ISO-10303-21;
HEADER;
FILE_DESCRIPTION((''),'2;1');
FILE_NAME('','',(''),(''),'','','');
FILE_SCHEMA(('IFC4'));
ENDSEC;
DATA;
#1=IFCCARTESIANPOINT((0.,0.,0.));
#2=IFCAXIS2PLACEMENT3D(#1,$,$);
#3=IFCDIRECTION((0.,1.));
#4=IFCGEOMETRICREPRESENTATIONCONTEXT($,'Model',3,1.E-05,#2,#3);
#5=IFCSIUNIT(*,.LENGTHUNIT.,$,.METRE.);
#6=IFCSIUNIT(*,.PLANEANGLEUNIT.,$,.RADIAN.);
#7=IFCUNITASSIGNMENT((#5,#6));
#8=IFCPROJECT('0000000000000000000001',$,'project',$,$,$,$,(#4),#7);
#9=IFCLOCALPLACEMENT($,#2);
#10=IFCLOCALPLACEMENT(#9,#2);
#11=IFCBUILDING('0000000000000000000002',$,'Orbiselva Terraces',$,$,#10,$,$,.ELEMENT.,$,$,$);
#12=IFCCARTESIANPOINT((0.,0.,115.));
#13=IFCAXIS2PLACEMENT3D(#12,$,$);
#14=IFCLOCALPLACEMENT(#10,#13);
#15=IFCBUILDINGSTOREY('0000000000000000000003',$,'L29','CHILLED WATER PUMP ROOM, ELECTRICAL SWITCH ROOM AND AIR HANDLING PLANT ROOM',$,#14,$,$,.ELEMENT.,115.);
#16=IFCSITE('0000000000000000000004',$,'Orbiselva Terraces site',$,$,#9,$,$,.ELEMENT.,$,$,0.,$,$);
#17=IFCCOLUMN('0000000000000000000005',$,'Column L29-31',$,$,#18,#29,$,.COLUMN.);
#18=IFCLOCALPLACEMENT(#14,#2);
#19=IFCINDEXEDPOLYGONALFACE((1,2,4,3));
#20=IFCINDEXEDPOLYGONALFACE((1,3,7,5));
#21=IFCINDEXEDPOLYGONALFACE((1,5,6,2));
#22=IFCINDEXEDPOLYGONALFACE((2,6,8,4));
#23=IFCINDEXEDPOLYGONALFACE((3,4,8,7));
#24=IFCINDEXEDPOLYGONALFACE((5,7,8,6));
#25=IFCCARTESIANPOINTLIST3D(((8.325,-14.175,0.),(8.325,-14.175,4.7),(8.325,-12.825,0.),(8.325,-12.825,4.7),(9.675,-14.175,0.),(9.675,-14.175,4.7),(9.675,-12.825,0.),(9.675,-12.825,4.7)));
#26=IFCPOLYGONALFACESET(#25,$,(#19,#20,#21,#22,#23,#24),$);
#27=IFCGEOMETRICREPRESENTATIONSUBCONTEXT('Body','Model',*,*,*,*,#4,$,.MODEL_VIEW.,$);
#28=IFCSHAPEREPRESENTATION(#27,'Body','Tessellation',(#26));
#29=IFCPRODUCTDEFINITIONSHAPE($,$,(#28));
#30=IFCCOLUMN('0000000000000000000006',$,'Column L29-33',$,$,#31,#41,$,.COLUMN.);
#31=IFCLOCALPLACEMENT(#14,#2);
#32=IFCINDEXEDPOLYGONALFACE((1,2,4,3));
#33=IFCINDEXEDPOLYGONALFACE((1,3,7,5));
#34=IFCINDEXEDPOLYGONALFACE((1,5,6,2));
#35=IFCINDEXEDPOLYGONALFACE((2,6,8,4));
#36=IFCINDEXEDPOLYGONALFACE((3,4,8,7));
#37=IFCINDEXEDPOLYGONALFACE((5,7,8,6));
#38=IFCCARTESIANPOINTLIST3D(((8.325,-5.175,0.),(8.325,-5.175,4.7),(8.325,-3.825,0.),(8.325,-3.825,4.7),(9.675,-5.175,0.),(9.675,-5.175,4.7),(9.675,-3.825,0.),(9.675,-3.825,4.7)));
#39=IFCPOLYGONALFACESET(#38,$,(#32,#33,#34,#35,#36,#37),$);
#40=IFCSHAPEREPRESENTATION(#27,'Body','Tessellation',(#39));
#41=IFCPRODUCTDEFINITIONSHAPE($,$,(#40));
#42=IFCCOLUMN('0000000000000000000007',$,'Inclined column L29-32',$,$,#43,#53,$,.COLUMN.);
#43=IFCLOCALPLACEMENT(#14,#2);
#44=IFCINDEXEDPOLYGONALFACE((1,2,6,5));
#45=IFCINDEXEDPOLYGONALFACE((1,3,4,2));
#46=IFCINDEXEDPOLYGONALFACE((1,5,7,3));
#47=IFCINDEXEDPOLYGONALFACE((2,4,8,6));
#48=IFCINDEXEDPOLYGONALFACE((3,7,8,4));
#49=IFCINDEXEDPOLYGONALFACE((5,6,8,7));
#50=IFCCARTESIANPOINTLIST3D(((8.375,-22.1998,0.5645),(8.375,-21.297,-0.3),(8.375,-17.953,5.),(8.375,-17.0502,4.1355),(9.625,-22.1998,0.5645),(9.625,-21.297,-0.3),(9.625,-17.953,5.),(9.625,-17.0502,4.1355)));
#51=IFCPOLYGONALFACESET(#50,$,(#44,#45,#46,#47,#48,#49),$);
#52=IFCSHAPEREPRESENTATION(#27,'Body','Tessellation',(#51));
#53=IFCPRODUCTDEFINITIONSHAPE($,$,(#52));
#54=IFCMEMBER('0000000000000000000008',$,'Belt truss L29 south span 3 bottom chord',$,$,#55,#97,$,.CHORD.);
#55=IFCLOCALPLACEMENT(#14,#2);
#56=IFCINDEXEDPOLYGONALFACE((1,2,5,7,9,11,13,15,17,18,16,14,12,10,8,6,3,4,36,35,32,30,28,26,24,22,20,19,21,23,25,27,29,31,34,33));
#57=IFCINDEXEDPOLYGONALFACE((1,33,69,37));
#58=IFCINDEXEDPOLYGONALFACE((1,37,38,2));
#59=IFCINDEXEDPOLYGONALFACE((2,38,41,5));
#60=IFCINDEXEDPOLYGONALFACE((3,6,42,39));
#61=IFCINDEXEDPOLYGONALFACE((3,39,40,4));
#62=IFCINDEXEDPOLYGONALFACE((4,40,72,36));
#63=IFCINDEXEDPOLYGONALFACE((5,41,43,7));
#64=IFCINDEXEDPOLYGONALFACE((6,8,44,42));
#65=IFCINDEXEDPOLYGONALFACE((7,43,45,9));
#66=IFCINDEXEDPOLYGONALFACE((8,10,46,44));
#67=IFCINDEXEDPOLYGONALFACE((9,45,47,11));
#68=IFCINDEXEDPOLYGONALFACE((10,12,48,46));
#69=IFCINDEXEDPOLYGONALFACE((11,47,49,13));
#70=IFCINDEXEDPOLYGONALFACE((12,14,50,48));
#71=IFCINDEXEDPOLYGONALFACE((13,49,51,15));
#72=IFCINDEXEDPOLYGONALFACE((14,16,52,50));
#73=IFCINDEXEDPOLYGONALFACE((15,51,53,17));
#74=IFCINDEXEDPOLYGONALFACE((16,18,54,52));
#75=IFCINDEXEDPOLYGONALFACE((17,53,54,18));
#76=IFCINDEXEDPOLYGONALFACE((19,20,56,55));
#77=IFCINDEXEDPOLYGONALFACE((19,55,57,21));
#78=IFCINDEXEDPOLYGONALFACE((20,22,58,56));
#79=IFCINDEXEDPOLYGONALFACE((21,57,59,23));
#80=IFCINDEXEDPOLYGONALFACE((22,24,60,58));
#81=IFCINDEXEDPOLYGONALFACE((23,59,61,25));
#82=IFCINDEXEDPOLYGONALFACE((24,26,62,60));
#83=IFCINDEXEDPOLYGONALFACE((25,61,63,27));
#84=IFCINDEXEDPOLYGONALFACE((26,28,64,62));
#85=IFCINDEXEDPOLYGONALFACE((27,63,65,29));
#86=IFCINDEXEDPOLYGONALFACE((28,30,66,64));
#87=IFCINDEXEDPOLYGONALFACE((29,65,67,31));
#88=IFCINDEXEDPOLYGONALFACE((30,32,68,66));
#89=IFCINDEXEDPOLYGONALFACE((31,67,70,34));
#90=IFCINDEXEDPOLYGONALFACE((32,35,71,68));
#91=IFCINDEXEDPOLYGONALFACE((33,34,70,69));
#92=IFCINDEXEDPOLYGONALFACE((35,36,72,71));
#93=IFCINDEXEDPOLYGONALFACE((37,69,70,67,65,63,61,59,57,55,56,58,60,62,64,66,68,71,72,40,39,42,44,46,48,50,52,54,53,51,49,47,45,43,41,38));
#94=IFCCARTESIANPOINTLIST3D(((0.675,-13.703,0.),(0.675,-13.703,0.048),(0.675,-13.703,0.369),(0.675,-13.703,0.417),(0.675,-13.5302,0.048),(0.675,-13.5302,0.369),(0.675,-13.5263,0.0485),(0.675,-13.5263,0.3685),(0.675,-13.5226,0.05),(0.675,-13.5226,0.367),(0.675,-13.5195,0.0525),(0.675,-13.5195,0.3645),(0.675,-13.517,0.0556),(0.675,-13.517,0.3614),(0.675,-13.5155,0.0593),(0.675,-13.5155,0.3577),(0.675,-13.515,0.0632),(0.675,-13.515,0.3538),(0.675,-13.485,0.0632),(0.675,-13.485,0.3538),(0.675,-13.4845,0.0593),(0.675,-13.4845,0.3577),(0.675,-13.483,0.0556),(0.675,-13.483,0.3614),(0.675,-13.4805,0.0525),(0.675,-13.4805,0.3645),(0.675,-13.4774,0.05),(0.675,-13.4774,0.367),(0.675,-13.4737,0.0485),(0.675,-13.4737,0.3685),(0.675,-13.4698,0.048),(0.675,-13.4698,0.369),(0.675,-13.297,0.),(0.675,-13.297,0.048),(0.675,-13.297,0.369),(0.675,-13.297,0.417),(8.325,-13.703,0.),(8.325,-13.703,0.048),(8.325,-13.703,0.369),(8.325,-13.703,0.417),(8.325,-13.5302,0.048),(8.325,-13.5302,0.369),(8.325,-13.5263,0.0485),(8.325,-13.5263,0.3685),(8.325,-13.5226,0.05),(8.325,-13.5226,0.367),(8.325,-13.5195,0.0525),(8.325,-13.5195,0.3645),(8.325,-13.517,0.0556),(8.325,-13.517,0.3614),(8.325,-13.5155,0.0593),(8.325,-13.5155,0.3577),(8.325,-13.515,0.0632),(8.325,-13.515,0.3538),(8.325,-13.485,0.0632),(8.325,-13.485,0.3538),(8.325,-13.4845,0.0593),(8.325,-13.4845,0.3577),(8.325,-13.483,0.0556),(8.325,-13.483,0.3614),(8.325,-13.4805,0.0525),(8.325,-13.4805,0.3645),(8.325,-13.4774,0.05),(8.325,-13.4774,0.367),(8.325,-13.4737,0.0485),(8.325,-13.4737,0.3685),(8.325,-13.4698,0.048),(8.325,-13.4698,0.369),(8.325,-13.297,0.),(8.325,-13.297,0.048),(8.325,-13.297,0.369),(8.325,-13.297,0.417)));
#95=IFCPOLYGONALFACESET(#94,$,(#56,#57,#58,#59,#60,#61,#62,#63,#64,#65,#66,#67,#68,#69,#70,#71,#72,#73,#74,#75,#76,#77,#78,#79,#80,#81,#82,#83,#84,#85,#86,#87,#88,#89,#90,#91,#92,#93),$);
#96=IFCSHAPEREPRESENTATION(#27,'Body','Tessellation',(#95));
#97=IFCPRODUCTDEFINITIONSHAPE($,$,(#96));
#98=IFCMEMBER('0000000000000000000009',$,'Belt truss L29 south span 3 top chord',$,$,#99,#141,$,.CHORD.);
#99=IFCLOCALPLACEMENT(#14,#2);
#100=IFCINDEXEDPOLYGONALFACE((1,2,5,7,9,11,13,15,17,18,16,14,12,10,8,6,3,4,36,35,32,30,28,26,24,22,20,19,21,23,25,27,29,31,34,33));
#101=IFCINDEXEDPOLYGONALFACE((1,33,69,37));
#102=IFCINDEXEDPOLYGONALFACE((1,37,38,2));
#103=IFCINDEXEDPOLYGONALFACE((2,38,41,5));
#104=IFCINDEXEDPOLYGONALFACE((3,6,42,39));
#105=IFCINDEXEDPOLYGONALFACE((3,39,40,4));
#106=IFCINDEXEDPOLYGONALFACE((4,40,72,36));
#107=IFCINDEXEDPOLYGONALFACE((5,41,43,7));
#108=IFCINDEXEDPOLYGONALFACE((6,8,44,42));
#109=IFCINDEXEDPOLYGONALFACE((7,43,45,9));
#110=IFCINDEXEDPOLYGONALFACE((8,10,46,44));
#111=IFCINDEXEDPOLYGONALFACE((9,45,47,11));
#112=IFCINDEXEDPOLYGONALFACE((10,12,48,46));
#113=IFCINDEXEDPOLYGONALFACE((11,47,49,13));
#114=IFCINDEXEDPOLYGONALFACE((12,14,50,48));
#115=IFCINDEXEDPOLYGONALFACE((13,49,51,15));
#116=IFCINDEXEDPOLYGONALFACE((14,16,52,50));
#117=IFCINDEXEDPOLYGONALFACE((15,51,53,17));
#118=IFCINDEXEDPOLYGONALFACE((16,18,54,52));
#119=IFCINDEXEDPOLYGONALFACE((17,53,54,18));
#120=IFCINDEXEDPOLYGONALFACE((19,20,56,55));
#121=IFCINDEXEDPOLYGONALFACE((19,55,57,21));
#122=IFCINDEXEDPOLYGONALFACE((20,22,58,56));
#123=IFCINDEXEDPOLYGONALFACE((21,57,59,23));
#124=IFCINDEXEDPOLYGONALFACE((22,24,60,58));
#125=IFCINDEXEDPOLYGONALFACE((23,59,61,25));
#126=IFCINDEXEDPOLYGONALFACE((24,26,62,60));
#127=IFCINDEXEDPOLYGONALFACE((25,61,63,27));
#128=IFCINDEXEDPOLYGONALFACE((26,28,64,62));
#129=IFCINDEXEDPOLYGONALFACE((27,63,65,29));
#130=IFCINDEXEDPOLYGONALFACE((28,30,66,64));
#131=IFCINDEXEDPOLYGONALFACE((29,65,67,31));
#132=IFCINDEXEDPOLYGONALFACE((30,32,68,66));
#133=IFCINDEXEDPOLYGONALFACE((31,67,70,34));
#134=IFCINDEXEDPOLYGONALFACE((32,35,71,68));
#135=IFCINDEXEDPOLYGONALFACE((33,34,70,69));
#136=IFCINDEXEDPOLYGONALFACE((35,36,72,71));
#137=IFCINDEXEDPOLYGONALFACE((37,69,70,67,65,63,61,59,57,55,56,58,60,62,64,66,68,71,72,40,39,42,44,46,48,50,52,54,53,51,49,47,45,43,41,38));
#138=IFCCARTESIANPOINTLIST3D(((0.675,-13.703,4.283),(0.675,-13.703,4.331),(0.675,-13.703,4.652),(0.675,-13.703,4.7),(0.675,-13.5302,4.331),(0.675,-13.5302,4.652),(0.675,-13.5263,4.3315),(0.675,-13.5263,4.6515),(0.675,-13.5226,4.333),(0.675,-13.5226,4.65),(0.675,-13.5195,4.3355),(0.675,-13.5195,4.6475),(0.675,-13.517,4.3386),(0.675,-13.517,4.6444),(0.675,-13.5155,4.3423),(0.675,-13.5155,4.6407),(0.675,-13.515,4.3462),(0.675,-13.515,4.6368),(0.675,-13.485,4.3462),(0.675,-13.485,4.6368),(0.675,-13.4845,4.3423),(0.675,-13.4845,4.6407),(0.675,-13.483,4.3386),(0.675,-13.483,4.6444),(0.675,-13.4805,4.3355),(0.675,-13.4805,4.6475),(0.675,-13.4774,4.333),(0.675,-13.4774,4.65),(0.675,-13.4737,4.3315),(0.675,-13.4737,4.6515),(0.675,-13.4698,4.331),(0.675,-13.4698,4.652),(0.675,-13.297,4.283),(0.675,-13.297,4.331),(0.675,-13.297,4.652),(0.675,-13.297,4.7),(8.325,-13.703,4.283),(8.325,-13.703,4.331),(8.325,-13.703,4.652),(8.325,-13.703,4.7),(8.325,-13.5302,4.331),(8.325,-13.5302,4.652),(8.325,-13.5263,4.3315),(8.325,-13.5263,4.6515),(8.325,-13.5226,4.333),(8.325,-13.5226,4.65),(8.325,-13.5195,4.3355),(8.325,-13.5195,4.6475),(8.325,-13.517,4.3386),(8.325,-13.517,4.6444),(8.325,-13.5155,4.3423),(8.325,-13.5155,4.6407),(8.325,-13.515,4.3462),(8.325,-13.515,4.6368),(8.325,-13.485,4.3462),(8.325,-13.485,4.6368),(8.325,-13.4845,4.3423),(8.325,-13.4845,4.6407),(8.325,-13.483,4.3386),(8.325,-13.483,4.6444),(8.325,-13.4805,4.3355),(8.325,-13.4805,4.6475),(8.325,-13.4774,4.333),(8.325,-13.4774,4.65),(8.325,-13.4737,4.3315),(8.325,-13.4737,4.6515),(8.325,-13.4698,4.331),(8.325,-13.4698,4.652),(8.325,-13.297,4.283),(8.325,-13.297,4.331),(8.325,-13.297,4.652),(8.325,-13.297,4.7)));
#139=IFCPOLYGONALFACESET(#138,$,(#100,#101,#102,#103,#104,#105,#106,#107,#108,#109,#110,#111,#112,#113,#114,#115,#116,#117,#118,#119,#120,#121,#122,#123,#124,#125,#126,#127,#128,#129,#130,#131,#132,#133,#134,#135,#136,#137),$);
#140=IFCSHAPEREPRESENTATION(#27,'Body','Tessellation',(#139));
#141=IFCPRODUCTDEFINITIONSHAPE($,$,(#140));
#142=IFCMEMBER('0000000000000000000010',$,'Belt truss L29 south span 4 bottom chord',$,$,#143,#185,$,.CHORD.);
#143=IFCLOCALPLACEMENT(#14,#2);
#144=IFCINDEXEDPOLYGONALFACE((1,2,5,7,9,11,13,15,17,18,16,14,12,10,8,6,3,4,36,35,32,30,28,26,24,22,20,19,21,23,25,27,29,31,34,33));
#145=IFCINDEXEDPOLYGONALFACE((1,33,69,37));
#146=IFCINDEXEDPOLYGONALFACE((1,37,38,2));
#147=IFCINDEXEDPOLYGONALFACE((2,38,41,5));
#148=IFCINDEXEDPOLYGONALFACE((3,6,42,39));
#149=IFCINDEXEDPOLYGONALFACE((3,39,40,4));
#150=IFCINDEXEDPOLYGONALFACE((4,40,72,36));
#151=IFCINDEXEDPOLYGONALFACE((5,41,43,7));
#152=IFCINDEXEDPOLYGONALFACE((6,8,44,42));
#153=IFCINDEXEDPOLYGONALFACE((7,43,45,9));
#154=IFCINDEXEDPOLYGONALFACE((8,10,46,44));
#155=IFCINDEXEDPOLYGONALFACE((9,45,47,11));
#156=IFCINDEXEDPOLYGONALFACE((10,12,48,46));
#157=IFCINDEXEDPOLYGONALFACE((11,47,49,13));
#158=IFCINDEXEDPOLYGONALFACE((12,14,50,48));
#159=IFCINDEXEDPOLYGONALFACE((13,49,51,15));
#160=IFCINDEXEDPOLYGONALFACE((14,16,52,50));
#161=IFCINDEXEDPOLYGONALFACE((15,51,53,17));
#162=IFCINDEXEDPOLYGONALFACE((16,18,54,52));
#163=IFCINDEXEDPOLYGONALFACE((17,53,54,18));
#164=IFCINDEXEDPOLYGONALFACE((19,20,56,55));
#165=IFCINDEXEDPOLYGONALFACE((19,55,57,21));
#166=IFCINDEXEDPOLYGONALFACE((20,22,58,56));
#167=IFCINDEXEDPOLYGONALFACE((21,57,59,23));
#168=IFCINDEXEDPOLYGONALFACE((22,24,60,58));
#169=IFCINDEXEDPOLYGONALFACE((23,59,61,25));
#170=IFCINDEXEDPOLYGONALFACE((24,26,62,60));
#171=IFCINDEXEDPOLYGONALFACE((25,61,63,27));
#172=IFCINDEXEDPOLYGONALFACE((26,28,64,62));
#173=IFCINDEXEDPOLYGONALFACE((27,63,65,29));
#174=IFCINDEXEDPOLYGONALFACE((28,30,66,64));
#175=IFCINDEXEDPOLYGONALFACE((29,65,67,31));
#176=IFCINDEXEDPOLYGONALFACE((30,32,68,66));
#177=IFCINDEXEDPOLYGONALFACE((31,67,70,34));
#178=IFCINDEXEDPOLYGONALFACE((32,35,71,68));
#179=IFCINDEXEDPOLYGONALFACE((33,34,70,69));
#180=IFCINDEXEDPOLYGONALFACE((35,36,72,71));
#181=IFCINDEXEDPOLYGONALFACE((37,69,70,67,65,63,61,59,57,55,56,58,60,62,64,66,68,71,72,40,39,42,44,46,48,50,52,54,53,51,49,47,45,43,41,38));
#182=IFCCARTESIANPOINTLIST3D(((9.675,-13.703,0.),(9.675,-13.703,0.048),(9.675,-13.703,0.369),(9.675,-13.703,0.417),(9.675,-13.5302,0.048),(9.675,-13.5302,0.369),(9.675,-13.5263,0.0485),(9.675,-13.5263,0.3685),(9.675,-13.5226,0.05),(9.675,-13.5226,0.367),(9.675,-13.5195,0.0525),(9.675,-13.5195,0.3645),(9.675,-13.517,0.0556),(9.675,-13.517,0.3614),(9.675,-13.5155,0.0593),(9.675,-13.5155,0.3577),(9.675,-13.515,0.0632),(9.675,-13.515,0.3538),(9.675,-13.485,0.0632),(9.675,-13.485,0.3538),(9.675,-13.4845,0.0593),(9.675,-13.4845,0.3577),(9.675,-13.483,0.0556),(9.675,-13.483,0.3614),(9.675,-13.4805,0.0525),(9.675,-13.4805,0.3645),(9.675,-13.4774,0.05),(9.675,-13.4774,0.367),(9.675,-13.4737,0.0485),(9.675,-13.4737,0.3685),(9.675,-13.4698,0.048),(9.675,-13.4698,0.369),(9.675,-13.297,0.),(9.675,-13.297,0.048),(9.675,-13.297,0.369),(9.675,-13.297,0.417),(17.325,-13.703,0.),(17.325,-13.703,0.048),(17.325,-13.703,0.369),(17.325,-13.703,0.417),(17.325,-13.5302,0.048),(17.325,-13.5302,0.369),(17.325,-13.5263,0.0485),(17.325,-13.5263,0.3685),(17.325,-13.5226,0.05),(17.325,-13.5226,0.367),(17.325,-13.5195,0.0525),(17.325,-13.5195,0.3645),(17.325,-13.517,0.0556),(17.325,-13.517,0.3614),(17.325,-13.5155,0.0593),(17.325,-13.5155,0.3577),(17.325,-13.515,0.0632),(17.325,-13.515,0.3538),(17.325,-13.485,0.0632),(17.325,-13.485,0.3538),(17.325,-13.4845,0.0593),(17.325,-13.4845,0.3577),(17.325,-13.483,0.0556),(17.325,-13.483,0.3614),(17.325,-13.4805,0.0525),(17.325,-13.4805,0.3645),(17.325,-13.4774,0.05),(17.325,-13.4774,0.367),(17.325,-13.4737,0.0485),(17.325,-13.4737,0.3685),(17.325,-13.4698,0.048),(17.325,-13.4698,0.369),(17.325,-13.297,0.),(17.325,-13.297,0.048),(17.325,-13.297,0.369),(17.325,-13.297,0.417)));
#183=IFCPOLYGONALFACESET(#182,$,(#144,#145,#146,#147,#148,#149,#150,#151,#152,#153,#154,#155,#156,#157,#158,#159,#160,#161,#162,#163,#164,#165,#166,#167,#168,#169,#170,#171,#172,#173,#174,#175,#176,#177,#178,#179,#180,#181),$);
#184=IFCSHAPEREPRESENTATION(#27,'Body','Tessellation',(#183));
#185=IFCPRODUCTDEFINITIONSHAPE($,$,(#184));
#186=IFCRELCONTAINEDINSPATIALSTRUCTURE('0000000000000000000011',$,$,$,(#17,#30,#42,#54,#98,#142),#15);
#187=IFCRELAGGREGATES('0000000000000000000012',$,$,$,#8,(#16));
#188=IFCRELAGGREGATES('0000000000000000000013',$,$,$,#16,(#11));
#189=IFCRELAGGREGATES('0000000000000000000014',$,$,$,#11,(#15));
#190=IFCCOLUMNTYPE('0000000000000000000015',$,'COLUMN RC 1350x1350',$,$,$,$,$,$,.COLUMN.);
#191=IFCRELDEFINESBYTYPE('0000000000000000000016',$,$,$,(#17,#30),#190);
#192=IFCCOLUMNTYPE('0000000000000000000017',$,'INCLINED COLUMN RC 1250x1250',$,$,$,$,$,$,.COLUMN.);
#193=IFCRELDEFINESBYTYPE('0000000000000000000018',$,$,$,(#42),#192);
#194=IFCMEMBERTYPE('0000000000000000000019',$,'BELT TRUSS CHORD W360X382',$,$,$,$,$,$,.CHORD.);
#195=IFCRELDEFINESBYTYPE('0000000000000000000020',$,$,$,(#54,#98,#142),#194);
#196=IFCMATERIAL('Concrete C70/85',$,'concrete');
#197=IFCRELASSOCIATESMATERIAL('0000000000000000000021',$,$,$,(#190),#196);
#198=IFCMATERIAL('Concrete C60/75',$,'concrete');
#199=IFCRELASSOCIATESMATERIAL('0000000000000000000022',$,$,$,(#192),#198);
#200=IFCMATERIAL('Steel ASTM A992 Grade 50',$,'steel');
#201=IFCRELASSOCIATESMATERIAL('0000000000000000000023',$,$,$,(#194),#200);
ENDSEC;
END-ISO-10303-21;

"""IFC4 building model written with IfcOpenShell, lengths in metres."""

from ifc_helpers import new_model, si_unit, direction, frame, origin, origin_2d, place, context, subcontext, project, spatial, rectangle, i_section, extrude, material, material_profile, profile_set, type_object, element, save


model = new_model("IFC4")

# Units and contexts
model_context = context("Model", 3, precision=1e-05, world=origin(), true_north=direction((0.0, 1.0)))
body_context = subcontext(model_context, "Body", "Model", "MODEL_VIEW")
ifc_project = project(units=[si_unit("LENGTHUNIT", "METRE"), si_unit("PLANEANGLEUNIT", "RADIAN")], contexts=[model_context])

# Site, building, storey
site_placement = place(None, origin())
site = spatial("IfcSite", under=ifc_project, at=site_placement, Name="Orbiselva Terraces site", CompositionType="ELEMENT", RefElevation=0.0)
building_placement = place(site_placement, origin())
building = spatial("IfcBuilding", under=site, at=building_placement, Name="Orbiselva Terraces", CompositionType="ELEMENT")
storey_placement = place(building_placement, frame((0.0, 0.0, 115.0)))
storey = spatial("IfcBuildingStorey", under=building, at=storey_placement, Name="L29", Description="CHILLED WATER PUMP ROOM, ELECTRICAL SWITCH ROOM AND AIR HANDLING PLANT ROOM", CompositionType="ELEMENT", Elevation=115.0)

# Columns
ifc_material_1 = material(Name="Concrete C70/85", Category="concrete")
ifc_material_profile_1 = material_profile(ifc_material_1, rectangle(XDim=1.35, YDim=1.35, at=origin_2d()), Name="RC 1350x1350")
ifc_profile_set_1 = profile_set([ifc_material_profile_1], Name="Concrete C70/85")
column_type_1 = type_object("IfcColumnType", Name="COLUMN RC 1350x1350", PredefinedType="COLUMN", material=ifc_profile_set_1)
for number, where, z_axis, x_axis, name in (
    (1, (9.0, -13.5, 0.0), (0.0, 0.0, 1.0), (1.0, 0.0, 0.0), "Column L29-31"),
    (2, (9.0, -4.5, 0.0), (0.0, 0.0, 1.0), (1.0, 0.0, 0.0), "Column L29-33"),
):
    element("IfcColumn", number, at=place(storey_placement, frame(where, z_axis=z_axis, x_axis=x_axis)), inside=storey, type_object=column_type_1, Name=name, PredefinedType="COLUMN", context=body_context, shape_type="SweptSolid", body=[
        extrude(rectangle(XDim=1.35, YDim=1.35, at=origin_2d()), origin(), (0.0, 0.0, 1.0), 4.7),
    ])
ifc_material_2 = material(Name="Concrete C60/75", Category="concrete")
ifc_material_profile_2 = material_profile(ifc_material_2, rectangle(XDim=1.25, YDim=1.25, at=origin_2d()), Name="RC 1250x1250")
ifc_profile_set_2 = profile_set([ifc_material_profile_2], Name="Concrete C60/75")
column_type_2 = type_object("IfcColumnType", Name="INCLINED COLUMN RC 1250x1250", PredefinedType="COLUMN", material=ifc_profile_set_2)
column_placement = place(storey_placement, frame((9.0, -21.7484, 0.1322), z_axis=(0.0, 0.691572, 0.722308), x_axis=(-1.0, 0.0, 0.0)))
element("IfcColumn", 3, at=column_placement, inside=storey, type_object=column_type_2, Name="Inclined column L29-32", PredefinedType="COLUMN", context=body_context, shape_type="SweptSolid", body=[
    extrude(rectangle(XDim=1.25, YDim=1.25, at=origin_2d()), origin(), (0.0, 0.0, 1.0), 6.1408),
])

# Members
ifc_material_3 = material(Name="Steel ASTM A992 Grade 50", Category="steel")
ifc_material_profile_3 = material_profile(ifc_material_3, i_section(OverallWidth=0.406, OverallDepth=0.417, WebThickness=0.03, FlangeThickness=0.048, FilletRadius=0.0152, at=origin_2d()), Name="W360X382")
ifc_profile_set_3 = profile_set([ifc_material_profile_3], Name="Steel ASTM A992 Grade 50")
member_type_1 = type_object("IfcMemberType", Name="BELT TRUSS CHORD W360X382", PredefinedType="CHORD", material=ifc_profile_set_3)
for number, where, z_axis, x_axis, name in (
    (4, (0.675, -13.5, 0.2085), (1.0, 0.0, 0.0), (0.0, 1.0, 0.0), "Belt truss L29 south span 3 bottom chord"),
    (5, (0.675, -13.5, 4.4915), (1.0, 0.0, 0.0), (0.0, 1.0, 0.0), "Belt truss L29 south span 3 top chord"),
    (6, (9.675, -13.5, 0.2085), (1.0, 0.0, 0.0), (0.0, 1.0, 0.0), "Belt truss L29 south span 4 bottom chord"),
):
    element("IfcMember", number, at=place(storey_placement, frame(where, z_axis=z_axis, x_axis=x_axis)), inside=storey, type_object=member_type_1, Name=name, PredefinedType="CHORD", context=body_context, shape_type="SweptSolid", body=[
        extrude(i_section(OverallWidth=0.406, OverallDepth=0.417, WebThickness=0.03, FlangeThickness=0.048, FilletRadius=0.0152, at=origin_2d()), origin(), (0.0, 0.0, 1.0), 7.65),
    ])

save(model, "model.ifc")
